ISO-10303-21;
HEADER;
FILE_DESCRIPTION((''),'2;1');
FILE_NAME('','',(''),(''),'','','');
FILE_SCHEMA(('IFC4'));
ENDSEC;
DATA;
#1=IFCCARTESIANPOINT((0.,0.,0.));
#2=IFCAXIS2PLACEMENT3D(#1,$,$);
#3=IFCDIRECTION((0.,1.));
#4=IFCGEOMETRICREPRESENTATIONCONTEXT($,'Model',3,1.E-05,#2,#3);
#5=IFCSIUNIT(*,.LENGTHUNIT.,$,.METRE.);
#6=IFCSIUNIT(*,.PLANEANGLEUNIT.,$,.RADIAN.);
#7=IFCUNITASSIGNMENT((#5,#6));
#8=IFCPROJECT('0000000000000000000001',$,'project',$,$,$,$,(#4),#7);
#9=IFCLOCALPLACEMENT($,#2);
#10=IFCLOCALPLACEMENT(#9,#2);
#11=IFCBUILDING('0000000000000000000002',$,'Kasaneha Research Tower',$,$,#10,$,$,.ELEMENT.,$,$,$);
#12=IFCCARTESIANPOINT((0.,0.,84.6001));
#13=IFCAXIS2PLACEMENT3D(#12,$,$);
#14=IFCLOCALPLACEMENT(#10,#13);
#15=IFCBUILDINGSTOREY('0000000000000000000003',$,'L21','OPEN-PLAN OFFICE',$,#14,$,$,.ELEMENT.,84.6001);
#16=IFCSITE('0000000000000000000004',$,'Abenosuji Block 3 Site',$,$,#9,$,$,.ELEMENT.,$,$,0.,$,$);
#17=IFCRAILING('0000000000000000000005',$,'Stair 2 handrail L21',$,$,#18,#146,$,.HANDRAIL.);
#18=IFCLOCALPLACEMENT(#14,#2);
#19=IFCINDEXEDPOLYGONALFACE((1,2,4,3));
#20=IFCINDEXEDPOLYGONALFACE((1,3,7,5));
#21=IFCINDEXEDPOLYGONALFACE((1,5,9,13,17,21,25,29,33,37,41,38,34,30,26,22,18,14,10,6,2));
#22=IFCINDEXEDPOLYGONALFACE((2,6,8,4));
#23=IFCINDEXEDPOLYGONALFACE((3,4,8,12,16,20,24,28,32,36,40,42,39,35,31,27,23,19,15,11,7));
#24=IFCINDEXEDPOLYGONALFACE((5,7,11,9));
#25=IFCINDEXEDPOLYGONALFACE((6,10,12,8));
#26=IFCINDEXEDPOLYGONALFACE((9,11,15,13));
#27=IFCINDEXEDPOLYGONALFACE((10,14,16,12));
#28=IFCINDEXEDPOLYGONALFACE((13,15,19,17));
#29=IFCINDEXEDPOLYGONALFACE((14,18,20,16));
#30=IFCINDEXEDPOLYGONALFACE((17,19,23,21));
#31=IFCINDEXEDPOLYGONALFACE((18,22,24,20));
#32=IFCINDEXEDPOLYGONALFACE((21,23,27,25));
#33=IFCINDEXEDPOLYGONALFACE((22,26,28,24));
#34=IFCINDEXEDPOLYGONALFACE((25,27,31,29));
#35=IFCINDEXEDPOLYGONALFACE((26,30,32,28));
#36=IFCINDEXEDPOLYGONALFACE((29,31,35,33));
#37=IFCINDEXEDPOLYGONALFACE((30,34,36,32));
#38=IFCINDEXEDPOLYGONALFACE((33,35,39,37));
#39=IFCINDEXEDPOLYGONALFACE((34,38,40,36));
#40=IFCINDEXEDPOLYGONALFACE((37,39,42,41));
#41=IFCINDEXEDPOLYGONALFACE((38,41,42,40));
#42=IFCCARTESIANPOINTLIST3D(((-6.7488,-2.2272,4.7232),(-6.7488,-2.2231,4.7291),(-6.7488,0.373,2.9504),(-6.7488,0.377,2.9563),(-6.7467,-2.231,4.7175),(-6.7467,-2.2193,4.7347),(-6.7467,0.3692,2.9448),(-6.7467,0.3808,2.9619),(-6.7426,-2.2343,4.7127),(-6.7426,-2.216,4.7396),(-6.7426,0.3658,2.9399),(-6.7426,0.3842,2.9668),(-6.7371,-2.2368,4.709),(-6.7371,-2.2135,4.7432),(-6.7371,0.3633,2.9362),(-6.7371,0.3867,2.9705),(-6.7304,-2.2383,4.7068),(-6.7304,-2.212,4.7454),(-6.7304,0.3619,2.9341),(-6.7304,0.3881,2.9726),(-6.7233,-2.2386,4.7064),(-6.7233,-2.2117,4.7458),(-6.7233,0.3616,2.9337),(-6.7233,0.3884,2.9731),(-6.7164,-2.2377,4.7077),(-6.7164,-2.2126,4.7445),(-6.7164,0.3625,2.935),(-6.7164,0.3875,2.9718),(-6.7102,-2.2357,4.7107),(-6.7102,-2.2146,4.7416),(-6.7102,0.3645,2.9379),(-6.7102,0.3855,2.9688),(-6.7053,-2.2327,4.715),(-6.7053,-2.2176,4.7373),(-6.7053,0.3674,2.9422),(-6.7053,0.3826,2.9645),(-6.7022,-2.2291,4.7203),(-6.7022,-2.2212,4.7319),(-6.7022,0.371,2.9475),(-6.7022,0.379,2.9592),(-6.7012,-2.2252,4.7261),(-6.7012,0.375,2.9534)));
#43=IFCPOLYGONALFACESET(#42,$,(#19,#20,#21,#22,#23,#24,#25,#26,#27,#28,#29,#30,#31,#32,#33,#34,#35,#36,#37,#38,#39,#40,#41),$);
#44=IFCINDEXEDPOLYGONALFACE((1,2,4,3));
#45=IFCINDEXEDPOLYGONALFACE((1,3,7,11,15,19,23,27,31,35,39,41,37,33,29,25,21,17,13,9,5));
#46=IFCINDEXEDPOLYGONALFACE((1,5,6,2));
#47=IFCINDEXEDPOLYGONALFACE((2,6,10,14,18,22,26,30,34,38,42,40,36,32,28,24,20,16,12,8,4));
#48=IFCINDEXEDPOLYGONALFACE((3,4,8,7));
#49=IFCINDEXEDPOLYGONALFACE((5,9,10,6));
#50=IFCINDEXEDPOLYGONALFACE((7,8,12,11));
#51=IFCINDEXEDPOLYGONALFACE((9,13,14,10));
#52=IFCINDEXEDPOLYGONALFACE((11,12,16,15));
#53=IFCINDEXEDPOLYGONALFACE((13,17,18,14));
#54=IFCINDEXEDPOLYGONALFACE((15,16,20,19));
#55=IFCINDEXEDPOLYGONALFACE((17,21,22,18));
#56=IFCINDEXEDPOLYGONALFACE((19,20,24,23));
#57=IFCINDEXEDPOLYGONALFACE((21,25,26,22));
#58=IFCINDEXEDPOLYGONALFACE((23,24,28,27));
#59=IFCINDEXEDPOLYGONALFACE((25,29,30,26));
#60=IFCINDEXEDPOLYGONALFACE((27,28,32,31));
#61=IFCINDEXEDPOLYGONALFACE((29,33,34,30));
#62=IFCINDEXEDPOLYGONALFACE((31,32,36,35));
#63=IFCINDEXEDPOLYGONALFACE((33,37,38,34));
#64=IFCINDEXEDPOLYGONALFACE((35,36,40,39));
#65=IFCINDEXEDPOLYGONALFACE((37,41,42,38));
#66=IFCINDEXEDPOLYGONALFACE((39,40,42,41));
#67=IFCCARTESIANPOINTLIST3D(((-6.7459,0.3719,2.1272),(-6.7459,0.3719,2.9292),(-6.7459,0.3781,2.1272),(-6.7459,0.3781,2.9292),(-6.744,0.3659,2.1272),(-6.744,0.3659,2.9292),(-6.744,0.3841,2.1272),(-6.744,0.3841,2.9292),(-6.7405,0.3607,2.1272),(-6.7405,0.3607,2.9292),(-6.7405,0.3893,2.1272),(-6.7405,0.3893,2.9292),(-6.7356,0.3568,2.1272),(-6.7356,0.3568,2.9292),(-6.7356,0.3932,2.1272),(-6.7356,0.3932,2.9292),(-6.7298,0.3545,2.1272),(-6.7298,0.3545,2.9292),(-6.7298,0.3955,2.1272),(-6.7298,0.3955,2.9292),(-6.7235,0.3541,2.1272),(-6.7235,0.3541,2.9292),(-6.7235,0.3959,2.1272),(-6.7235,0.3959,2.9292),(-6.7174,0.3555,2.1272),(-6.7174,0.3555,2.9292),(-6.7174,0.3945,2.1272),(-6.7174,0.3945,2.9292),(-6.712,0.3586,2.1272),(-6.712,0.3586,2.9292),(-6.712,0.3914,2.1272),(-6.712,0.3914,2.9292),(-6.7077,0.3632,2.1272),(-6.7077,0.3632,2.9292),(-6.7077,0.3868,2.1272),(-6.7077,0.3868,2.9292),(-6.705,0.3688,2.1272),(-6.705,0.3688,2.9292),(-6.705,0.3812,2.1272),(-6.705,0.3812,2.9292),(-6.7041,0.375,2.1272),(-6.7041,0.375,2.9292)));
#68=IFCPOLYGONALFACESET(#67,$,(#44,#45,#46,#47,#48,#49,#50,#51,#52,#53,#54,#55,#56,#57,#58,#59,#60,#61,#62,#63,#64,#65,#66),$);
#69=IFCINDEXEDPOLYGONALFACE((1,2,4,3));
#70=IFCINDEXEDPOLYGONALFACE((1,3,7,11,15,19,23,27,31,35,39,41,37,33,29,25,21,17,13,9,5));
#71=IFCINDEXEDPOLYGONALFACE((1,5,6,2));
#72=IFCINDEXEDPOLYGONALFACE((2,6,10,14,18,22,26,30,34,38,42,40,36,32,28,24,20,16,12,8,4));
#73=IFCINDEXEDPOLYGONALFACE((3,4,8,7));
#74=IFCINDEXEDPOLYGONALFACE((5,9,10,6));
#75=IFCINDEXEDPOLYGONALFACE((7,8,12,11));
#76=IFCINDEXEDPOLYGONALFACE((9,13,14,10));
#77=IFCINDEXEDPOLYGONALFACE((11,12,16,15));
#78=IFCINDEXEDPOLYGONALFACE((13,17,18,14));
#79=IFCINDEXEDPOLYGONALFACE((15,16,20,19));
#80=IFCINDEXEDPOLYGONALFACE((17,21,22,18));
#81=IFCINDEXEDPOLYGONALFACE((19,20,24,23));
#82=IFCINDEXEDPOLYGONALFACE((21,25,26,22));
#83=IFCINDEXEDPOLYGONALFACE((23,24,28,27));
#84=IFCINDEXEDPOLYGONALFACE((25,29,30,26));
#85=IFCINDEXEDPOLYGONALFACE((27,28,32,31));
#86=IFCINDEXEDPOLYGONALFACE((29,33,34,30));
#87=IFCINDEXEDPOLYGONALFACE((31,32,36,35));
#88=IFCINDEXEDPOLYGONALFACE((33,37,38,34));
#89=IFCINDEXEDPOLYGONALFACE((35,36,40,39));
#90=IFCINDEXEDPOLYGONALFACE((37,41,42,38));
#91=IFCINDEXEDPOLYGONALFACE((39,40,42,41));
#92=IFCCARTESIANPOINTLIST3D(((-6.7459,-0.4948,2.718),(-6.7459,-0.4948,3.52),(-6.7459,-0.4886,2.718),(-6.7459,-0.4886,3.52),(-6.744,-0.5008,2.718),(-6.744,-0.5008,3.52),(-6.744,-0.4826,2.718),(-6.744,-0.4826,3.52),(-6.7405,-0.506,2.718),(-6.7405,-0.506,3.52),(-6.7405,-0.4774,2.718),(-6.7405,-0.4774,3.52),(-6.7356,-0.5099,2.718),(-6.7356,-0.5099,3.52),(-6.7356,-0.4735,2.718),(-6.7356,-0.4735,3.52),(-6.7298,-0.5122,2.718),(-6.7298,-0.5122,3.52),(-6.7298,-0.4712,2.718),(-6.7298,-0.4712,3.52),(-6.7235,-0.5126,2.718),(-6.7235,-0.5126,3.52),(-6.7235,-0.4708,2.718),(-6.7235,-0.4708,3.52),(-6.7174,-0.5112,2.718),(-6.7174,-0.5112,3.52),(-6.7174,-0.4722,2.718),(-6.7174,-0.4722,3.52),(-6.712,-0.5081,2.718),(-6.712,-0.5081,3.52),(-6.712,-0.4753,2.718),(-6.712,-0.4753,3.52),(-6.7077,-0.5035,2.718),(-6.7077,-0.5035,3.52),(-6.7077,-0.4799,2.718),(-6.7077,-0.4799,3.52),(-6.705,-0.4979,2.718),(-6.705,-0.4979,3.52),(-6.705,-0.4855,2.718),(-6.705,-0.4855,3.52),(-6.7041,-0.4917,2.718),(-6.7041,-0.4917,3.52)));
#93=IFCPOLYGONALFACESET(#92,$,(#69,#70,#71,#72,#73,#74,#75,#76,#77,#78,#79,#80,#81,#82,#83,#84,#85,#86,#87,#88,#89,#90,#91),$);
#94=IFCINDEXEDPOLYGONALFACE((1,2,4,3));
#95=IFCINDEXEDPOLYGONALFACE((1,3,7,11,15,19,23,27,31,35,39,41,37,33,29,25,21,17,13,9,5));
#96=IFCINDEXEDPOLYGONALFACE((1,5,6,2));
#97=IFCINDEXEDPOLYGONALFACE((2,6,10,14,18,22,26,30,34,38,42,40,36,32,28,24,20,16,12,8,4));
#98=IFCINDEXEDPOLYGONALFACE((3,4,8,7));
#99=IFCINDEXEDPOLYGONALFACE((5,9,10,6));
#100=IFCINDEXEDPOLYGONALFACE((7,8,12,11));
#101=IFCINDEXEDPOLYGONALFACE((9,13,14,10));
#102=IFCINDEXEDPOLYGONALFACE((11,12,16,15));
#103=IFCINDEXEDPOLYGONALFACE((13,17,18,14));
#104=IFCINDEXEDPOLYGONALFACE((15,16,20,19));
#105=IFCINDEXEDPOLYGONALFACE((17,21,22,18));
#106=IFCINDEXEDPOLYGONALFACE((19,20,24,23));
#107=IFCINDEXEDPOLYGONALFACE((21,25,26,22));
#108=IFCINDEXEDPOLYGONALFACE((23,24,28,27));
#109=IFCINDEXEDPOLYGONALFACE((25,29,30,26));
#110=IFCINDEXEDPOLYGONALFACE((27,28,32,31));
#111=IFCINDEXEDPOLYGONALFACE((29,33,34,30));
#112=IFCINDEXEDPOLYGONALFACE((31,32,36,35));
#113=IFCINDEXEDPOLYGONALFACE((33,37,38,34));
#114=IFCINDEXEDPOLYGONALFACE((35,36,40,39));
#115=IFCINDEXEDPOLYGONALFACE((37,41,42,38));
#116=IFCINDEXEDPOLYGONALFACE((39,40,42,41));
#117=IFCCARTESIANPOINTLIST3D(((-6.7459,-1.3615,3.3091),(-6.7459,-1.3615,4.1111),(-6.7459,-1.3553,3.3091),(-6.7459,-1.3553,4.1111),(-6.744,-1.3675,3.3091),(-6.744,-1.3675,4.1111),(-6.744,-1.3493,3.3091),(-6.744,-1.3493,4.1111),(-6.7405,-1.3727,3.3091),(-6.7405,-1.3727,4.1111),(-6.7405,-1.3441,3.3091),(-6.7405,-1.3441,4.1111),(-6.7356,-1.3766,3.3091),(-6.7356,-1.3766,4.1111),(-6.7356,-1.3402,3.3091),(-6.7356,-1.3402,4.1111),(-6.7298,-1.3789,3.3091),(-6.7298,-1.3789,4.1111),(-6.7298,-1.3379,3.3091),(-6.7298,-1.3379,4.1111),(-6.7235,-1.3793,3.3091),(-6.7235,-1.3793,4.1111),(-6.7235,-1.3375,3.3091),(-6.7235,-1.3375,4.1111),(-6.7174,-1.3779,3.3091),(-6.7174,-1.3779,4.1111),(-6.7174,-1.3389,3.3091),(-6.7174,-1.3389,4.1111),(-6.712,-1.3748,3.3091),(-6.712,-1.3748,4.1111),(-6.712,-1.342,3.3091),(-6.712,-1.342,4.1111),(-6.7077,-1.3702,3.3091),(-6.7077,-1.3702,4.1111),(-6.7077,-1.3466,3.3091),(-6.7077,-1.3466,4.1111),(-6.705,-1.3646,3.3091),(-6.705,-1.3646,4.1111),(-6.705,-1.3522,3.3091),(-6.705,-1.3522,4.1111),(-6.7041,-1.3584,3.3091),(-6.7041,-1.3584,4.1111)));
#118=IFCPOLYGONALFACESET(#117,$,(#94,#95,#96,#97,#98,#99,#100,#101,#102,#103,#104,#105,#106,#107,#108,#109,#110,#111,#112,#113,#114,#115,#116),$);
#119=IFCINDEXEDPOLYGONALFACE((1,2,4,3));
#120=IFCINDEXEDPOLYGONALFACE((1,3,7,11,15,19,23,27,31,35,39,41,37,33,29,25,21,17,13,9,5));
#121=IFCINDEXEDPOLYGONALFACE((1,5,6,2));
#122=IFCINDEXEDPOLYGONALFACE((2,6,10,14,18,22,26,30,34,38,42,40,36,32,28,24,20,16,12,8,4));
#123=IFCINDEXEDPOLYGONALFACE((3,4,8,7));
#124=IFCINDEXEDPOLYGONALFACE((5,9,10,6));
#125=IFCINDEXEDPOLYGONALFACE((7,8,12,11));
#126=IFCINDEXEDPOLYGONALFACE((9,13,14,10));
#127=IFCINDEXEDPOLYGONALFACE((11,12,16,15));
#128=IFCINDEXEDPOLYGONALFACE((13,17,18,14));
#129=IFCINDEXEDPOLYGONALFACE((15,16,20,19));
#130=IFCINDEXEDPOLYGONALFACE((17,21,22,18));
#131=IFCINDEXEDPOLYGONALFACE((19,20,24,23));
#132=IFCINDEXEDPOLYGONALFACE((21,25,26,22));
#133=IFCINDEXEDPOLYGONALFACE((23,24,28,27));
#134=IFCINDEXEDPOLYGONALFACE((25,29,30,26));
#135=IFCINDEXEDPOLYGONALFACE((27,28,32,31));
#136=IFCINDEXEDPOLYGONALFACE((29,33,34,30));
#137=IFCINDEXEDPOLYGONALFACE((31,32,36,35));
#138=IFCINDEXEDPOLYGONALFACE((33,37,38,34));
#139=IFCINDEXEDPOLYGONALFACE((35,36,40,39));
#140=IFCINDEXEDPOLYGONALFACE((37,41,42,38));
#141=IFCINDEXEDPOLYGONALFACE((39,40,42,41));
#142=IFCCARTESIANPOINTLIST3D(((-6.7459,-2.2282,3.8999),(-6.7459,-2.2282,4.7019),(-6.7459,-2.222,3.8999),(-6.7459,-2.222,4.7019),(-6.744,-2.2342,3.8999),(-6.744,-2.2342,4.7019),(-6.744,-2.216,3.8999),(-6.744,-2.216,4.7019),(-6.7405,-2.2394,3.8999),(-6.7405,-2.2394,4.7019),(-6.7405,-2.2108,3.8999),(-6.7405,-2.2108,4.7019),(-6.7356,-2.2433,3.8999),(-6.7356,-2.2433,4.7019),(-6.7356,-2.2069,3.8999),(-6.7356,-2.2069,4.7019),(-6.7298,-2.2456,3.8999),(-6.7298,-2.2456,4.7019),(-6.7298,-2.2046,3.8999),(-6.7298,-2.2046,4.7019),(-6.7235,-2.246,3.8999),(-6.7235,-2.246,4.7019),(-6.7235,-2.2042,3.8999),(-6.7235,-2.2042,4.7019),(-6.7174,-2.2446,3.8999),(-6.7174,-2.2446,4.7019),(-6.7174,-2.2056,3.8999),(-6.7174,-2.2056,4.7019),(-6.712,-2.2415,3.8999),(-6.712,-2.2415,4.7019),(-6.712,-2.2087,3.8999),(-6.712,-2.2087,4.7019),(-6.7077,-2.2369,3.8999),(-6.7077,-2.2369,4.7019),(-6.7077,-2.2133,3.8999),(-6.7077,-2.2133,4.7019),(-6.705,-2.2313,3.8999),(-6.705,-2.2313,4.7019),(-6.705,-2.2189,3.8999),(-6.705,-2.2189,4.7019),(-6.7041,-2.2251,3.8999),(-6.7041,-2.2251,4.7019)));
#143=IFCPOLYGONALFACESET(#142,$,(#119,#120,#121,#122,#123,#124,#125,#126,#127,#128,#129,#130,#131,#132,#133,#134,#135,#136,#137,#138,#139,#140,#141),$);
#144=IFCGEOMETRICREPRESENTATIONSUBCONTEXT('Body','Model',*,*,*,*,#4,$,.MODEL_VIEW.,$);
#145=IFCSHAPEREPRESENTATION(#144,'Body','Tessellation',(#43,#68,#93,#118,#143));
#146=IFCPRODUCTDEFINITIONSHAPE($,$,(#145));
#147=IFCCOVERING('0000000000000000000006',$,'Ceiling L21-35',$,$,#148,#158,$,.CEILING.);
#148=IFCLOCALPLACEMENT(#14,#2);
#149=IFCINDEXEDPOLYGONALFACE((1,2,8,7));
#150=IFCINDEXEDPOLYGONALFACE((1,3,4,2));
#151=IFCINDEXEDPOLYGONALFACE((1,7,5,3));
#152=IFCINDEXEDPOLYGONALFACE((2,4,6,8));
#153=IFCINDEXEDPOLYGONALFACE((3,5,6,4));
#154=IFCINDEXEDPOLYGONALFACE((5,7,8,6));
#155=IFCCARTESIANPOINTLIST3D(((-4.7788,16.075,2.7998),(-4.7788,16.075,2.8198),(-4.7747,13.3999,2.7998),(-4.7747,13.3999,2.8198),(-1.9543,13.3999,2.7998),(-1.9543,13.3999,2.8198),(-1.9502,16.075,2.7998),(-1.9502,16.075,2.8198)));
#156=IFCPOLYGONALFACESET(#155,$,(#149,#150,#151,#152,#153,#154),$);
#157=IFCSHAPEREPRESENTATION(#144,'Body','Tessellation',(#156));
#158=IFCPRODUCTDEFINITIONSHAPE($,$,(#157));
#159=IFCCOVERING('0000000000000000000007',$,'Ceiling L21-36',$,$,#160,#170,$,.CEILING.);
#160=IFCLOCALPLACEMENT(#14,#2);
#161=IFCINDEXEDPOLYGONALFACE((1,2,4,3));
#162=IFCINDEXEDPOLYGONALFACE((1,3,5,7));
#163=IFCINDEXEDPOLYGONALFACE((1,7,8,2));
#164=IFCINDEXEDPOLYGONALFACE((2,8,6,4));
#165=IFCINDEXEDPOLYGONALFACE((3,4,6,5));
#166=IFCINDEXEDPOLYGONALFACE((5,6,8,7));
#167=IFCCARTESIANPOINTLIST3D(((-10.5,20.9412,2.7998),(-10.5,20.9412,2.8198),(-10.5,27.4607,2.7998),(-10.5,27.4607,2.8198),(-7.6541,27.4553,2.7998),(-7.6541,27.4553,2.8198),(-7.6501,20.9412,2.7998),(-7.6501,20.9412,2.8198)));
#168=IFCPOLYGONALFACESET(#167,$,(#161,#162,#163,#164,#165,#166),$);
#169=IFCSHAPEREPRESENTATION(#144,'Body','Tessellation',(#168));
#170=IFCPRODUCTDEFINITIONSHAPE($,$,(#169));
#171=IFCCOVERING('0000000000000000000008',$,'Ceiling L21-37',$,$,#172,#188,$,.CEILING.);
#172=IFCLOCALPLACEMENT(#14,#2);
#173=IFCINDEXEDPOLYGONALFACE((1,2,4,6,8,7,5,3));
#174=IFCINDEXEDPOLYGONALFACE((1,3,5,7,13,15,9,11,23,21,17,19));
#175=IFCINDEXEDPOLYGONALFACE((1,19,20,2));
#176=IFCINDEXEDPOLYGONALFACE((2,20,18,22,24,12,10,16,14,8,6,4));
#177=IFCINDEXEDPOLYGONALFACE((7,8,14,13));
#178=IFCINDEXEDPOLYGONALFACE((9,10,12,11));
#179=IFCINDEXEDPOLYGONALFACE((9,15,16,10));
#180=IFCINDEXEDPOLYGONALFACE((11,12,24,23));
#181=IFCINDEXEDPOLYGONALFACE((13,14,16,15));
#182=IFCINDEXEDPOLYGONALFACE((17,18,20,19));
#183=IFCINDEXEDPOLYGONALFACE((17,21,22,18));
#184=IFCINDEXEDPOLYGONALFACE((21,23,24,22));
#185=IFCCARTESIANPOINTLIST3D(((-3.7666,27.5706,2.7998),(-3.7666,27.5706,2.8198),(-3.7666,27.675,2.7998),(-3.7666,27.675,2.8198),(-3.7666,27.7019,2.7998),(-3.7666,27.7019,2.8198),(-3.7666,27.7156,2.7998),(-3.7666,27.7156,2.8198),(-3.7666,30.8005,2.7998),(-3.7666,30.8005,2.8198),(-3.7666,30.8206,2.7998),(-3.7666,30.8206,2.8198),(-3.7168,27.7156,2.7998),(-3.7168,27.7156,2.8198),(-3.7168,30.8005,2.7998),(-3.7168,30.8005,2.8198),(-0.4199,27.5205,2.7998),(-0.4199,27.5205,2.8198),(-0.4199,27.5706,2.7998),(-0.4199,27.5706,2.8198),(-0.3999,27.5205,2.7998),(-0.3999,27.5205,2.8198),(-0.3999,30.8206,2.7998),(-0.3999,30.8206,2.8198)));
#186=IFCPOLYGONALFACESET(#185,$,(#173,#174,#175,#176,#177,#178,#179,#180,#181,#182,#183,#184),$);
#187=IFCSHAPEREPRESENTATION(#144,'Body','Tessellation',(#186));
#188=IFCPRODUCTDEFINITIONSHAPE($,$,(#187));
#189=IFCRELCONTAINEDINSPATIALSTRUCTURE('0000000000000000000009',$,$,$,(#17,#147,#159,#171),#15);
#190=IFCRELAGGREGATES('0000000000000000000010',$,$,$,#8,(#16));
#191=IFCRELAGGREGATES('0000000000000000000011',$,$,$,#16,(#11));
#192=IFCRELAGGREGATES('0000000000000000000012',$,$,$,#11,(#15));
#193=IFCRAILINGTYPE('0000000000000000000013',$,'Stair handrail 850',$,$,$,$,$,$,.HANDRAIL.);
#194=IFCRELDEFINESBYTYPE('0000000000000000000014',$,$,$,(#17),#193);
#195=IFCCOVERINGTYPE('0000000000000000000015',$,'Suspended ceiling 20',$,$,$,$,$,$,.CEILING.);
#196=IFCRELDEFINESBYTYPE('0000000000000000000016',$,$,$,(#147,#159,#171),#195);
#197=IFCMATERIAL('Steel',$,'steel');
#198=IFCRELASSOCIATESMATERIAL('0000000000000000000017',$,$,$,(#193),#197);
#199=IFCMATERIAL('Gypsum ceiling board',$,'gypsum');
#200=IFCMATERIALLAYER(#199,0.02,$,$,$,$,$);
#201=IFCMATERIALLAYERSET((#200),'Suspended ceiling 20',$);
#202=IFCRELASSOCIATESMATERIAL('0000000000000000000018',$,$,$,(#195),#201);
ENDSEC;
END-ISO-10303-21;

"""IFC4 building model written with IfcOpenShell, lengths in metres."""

from ifc_helpers import new_model, si_unit, direction, frame, origin, origin_2d, place, context, subcontext, project, spatial, polyline, circle, outline, extrude, material, layer, layer_set, type_object, element, save


model = new_model("IFC4")

# Units and contexts
model_context = context("Model", 3, precision=1e-05, world=origin(), true_north=direction((0.0, 1.0)))
body_context = subcontext(model_context, "Body", "Model", "MODEL_VIEW")
ifc_project = project(units=[si_unit("LENGTHUNIT", "METRE"), si_unit("PLANEANGLEUNIT", "RADIAN")], contexts=[model_context])

# Site, building, storey
site_placement = place(None, origin())
site = spatial("IfcSite", under=ifc_project, at=site_placement, Name="Abenosuji Block 3 Site", CompositionType="ELEMENT", RefElevation=0.0)
building_placement = place(site_placement, origin())
building = spatial("IfcBuilding", under=site, at=building_placement, Name="Kasaneha Research Tower", CompositionType="ELEMENT")
storey_placement = place(building_placement, frame((0.0, 0.0, 84.6001)))
storey = spatial("IfcBuildingStorey", under=building, at=storey_placement, Name="L21", Description="OPEN-PLAN OFFICE", CompositionType="ELEMENT", Elevation=84.6001)

# Railing
ifc_material_1 = material(Name="Steel", Category="steel")
railing_type = type_object("IfcRailingType", Name="Stair handrail 850", PredefinedType="HANDRAIL", material=ifc_material_1)
railing_placement = place(storey_placement, frame((-6.7251, 0.375, 2.1272)))
element("IfcRailing", 1, at=railing_placement, inside=storey, type_object=railing_type, Name="Stair 2 handrail L21", PredefinedType="HANDRAIL", context=body_context, shape_type="SweptSolid", body=[
    extrude(circle(Radius=0.0239, at=origin_2d()), frame((0.0, 0.0, 0.8262), z_axis=(0.0, -0.82624, 0.563318), x_axis=(1.0, 0.0, 0.0)), (0.0, 0.0, 1.0), 3.147),
    extrude(circle(Radius=0.021, at=origin_2d()), origin(), (0.0, 0.0, 1.0), 0.802),
    extrude(circle(Radius=0.021, at=origin_2d()), frame((0.0, -0.8667, 0.5908)), (0.0, 0.0, 1.0), 0.802),
    extrude(circle(Radius=0.021, at=origin_2d()), frame((0.0, -1.7334, 1.1819)), (0.0, 0.0, 1.0), 0.802),
    extrude(circle(Radius=0.021, at=origin_2d()), frame((0.0, -2.6001, 1.7727)), (0.0, 0.0, 1.0), 0.802),
])

# Coverings
ifc_material_2 = material(Name="Gypsum ceiling board", Category="gypsum")
ifc_layer_1 = layer(ifc_material_2, 0.02)
ifc_layer_set_1 = layer_set([ifc_layer_1], Name="Suspended ceiling 20")
covering_type = type_object("IfcCoveringType", Name="Suspended ceiling 20", PredefinedType="CEILING", material=ifc_layer_set_1)
covering_1_placement = place(storey_placement, frame((0.0, 0.0, 2.7998)))
element("IfcCovering", 2, at=covering_1_placement, inside=storey, type_object=covering_type, Name="Ceiling L21-35", PredefinedType="CEILING", context=body_context, shape_type="SweptSolid", body=[
    extrude(outline(polyline([(-4.7788, 16.075), (-1.9502, 16.075), (-1.9543, 13.3999), (-4.7747, 13.3999), (-4.7788, 16.075)])), origin(), (0.0, 0.0, 1.0), 0.02),
])
covering_2_placement = place(storey_placement, frame((0.0, 0.0, 2.7998)))
element("IfcCovering", 3, at=covering_2_placement, inside=storey, type_object=covering_type, Name="Ceiling L21-36", PredefinedType="CEILING", context=body_context, shape_type="SweptSolid", body=[
    extrude(outline(polyline([(-10.5, 27.4607), (-7.6541, 27.4553), (-7.6501, 20.9412), (-10.5, 20.9412), (-10.5, 27.4607)])), origin(), (0.0, 0.0, 1.0), 0.02),
])
covering_3_placement = place(storey_placement, frame((0.0, 0.0, 2.7998)))
element("IfcCovering", 4, at=covering_3_placement, inside=storey, type_object=covering_type, Name="Ceiling L21-37", PredefinedType="CEILING", context=body_context, shape_type="SweptSolid", body=[
    extrude(outline(polyline([(-0.3999, 27.5205), (-0.4199, 27.5205), (-0.4199, 27.5706), (-3.7666, 27.5706), (-3.7666, 27.675), (-3.7666, 27.675), (-3.7666, 27.7019), (-3.7666, 27.7156), (-3.7168, 27.7156), (-3.7168, 30.8005), (-3.7666, 30.8005), (-3.7666, 30.8206), (-0.3999, 30.8206), (-0.3999, 27.5205)])), origin(), (0.0, 0.0, 1.0), 0.02),
])

save(model, "model.ifc")
